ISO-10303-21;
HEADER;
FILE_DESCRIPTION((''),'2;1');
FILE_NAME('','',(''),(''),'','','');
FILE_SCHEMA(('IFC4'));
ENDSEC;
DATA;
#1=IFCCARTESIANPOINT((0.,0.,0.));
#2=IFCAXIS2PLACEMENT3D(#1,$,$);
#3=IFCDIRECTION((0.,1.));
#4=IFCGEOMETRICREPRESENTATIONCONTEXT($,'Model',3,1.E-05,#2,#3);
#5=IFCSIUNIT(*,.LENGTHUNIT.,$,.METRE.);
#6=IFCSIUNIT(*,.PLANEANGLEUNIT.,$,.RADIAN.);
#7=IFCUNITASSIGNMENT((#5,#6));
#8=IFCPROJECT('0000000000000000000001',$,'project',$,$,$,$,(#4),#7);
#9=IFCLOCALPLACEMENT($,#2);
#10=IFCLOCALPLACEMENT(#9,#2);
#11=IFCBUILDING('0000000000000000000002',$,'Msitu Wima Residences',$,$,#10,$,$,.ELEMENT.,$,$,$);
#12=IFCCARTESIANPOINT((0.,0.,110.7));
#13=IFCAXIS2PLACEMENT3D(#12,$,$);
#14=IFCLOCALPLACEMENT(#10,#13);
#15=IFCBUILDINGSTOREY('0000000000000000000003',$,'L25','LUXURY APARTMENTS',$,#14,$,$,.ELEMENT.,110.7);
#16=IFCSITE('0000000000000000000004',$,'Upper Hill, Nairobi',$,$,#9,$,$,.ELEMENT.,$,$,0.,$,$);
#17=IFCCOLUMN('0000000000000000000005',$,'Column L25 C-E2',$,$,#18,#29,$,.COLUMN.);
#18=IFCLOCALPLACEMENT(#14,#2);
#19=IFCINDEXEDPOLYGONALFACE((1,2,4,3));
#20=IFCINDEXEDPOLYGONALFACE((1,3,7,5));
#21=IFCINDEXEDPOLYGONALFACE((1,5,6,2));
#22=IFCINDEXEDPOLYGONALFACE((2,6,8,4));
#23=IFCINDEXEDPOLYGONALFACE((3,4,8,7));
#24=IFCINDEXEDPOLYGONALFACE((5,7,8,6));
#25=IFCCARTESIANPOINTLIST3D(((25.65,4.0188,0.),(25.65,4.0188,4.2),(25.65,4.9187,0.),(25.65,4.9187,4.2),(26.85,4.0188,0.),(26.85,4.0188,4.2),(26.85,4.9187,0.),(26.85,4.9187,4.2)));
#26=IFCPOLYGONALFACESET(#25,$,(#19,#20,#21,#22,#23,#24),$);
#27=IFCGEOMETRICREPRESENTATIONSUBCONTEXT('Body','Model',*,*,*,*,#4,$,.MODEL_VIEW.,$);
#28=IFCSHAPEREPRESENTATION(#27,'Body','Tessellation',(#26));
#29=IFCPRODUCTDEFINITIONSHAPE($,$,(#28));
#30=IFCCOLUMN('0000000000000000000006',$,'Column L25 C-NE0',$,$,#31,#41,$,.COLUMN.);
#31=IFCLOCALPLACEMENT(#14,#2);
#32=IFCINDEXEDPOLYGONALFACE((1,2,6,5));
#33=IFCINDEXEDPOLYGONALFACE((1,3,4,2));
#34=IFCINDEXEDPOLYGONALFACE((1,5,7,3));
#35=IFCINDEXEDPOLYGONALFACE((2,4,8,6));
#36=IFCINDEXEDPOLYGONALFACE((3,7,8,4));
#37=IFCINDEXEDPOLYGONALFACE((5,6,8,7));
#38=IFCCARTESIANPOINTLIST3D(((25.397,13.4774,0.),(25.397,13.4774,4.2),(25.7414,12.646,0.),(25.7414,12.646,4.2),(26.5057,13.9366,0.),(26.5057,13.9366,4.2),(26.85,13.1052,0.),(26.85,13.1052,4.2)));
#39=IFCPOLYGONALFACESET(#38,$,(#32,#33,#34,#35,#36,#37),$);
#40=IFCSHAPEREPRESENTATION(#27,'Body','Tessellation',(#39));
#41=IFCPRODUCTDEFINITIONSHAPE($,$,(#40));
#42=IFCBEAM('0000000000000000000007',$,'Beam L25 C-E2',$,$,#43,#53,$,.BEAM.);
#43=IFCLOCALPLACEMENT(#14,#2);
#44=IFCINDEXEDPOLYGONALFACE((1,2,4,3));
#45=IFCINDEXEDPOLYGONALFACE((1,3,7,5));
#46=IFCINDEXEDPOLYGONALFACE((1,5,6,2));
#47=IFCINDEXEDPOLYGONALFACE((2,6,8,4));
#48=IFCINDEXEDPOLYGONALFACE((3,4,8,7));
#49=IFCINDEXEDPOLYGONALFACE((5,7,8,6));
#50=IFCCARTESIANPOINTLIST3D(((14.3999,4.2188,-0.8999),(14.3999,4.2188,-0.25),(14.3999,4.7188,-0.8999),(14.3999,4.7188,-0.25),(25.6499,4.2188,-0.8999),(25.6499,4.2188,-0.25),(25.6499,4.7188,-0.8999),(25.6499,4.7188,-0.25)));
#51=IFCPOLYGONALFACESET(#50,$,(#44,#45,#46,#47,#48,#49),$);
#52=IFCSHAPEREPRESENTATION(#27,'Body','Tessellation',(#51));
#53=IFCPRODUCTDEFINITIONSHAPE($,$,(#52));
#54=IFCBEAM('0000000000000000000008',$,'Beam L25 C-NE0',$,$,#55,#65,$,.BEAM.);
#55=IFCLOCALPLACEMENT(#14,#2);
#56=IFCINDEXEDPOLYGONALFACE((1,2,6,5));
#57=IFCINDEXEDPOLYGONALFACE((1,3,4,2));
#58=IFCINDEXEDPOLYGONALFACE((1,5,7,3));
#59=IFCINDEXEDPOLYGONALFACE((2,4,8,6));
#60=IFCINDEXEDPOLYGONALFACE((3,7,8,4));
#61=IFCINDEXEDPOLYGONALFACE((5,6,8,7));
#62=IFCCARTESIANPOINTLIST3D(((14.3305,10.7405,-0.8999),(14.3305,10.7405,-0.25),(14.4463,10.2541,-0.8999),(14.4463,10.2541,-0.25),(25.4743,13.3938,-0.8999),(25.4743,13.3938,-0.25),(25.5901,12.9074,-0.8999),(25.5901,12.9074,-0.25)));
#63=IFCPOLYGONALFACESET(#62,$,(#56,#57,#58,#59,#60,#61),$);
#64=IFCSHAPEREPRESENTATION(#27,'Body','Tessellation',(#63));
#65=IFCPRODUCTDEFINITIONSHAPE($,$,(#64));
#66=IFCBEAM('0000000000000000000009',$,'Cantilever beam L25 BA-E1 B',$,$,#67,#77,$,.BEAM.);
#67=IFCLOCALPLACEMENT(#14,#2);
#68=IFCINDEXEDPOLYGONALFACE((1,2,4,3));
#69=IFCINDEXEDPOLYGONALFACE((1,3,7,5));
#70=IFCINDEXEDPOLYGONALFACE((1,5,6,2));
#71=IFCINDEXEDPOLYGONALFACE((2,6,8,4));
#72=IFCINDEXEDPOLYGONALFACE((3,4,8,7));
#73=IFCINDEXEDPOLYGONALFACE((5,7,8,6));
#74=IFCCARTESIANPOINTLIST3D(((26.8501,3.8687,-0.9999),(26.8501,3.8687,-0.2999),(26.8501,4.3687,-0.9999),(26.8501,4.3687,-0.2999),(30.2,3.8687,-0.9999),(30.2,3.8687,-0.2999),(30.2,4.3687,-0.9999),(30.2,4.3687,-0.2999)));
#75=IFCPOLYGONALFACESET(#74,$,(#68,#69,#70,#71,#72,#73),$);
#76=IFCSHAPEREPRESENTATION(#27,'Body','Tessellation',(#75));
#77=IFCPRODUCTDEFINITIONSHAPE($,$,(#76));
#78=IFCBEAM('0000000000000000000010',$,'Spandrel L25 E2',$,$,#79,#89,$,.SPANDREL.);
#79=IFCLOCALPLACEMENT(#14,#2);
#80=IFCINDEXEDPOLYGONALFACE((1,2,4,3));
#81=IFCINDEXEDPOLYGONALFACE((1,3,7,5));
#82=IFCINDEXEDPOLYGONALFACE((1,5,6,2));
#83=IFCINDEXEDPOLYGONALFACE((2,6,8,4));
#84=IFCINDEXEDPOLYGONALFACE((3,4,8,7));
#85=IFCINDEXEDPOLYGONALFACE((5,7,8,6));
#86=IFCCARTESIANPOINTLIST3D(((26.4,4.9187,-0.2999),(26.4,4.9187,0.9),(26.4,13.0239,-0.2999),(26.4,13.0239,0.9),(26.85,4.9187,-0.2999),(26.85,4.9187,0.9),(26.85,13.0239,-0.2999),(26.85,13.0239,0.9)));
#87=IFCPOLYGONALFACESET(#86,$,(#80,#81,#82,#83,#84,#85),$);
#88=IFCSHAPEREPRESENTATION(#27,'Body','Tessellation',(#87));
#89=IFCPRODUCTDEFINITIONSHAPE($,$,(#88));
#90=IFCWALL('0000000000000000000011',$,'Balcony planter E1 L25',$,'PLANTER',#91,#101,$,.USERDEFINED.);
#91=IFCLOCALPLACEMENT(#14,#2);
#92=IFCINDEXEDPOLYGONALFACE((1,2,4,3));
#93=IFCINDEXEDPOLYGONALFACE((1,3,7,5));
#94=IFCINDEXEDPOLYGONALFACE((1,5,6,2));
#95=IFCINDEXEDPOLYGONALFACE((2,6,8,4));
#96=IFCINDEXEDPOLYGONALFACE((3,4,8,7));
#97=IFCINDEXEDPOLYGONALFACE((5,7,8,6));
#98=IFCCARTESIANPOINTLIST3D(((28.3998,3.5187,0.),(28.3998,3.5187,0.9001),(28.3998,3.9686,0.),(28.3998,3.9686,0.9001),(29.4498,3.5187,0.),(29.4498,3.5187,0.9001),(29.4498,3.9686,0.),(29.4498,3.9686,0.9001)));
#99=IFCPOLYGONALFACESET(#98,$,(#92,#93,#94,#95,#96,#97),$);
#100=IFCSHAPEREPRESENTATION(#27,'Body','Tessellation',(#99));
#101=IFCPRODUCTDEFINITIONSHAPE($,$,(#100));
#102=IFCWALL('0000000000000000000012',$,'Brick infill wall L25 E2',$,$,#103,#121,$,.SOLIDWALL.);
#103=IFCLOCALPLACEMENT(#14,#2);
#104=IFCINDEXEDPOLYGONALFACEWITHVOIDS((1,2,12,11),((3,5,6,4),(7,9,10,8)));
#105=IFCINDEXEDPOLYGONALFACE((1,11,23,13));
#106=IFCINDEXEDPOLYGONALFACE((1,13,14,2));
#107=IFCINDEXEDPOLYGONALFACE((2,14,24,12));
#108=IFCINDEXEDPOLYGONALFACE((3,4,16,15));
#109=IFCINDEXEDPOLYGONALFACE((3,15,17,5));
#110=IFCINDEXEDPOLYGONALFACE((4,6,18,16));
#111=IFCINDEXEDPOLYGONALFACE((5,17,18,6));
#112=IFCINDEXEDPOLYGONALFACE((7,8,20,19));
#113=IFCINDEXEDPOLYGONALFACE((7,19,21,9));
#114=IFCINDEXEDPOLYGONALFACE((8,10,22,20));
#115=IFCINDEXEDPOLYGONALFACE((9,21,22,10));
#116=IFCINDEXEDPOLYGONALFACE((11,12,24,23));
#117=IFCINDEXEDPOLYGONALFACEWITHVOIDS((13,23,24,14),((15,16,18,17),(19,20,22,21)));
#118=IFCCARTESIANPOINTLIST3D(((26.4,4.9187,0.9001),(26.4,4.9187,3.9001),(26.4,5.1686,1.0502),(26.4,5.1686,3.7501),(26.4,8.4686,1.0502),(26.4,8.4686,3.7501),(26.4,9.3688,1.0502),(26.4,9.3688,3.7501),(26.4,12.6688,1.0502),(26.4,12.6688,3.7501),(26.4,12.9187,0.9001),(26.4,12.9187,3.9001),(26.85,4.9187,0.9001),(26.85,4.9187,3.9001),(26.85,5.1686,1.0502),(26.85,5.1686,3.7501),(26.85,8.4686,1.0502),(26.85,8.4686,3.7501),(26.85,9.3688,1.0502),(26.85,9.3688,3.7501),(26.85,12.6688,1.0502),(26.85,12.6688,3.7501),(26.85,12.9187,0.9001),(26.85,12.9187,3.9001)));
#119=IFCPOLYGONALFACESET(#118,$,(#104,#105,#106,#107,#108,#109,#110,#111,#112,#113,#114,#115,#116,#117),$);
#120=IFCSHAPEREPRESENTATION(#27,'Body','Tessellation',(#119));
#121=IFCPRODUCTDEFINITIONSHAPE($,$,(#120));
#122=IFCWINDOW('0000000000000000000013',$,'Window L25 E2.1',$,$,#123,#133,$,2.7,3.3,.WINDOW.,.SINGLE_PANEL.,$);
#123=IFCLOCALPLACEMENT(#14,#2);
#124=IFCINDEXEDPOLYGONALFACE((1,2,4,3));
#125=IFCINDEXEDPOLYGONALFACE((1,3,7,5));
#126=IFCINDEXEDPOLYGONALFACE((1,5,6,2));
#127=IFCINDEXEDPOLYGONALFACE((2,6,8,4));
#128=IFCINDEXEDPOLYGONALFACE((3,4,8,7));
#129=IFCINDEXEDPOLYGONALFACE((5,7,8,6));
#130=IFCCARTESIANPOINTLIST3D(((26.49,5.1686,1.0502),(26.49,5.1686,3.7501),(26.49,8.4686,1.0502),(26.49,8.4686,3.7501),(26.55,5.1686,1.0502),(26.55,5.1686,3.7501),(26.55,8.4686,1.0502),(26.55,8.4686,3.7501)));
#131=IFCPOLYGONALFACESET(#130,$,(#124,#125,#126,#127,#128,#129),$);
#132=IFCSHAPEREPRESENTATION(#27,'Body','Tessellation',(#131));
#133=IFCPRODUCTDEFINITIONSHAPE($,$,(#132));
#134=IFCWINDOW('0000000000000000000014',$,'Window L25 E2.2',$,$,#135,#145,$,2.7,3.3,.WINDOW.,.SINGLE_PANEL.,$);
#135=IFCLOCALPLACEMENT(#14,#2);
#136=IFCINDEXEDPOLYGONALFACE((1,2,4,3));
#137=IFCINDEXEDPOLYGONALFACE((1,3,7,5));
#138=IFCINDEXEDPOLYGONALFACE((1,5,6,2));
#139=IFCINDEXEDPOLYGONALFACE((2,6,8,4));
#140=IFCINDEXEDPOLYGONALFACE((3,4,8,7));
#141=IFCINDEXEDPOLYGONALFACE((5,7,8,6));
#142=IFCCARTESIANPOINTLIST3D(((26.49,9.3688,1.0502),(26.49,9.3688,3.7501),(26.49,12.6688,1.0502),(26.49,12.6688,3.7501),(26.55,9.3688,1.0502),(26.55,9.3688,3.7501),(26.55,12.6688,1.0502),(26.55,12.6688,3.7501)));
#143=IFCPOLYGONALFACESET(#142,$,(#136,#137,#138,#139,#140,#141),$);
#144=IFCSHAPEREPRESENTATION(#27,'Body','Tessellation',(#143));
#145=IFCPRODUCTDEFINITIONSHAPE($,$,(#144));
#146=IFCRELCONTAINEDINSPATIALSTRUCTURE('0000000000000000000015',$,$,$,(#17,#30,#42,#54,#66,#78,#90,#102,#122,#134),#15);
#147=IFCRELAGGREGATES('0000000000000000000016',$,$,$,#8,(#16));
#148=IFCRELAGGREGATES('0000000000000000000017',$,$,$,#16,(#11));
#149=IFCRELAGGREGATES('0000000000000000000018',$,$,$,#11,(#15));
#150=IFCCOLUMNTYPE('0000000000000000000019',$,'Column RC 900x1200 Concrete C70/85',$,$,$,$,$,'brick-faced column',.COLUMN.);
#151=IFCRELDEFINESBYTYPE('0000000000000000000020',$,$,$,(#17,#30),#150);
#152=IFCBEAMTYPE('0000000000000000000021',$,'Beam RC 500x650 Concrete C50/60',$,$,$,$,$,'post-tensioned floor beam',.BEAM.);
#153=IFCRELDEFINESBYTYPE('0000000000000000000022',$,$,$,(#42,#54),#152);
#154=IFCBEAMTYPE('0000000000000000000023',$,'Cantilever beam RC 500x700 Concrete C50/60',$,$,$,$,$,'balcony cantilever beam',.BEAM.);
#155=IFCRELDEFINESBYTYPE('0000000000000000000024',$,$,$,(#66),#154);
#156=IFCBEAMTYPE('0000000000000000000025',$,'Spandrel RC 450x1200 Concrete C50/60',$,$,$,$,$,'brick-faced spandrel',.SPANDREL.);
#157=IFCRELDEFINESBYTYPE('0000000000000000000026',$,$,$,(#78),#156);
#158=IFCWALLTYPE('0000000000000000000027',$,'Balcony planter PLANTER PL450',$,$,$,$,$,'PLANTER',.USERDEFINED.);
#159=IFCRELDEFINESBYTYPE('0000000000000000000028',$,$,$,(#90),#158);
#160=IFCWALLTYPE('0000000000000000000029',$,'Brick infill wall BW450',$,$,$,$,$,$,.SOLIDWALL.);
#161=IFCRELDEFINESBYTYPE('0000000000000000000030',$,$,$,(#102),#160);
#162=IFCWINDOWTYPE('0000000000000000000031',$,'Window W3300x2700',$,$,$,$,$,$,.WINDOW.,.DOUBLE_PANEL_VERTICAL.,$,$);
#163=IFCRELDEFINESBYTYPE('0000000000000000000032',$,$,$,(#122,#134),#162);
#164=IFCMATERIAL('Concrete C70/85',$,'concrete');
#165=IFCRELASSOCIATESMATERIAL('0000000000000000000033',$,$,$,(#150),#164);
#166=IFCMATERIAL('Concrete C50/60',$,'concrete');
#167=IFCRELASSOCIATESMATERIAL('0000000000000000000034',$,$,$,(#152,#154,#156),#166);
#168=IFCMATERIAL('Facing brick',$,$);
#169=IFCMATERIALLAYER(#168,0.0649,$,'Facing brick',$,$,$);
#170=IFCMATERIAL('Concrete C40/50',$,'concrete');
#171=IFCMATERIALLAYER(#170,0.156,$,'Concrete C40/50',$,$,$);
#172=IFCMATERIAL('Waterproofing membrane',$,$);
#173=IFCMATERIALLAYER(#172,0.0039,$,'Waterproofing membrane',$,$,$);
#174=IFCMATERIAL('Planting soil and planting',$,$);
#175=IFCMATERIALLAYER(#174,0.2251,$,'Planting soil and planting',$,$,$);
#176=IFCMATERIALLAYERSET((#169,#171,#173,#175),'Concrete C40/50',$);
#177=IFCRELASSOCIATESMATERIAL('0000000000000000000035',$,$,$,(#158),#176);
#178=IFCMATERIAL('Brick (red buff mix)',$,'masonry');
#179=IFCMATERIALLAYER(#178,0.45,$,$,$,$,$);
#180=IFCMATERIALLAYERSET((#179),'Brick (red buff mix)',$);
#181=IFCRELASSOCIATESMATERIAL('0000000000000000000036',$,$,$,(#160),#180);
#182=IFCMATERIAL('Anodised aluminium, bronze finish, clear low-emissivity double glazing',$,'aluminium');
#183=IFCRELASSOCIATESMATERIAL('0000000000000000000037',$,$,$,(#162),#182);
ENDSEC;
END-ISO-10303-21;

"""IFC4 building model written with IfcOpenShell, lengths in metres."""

from ifc_helpers import new_model, si_unit, direction, frame, frame_2d, origin, origin_2d, place, context, subcontext, project, spatial, rectangle, extrude, material, layer, layer_set, material_profile, profile_set, type_object, element, fill, save


model = new_model("IFC4")

# Units and contexts
model_context = context("Model", 3, precision=1e-05, world=origin(), true_north=direction((0.0, 1.0)))
body_context = subcontext(model_context, "Body", "Model", "MODEL_VIEW")
ifc_project = project(units=[si_unit("LENGTHUNIT", "METRE"), si_unit("PLANEANGLEUNIT", "RADIAN")], contexts=[model_context])

# Site, building, storey
site_placement = place(None, origin())
site = spatial("IfcSite", under=ifc_project, at=site_placement, Name="Upper Hill, Nairobi", CompositionType="ELEMENT", RefElevation=0.0)
building_placement = place(site_placement, origin())
building = spatial("IfcBuilding", under=site, at=building_placement, Name="Msitu Wima Residences", CompositionType="ELEMENT")
storey_placement = place(building_placement, frame((0.0, 0.0, 110.7)))
storey = spatial("IfcBuildingStorey", under=building, at=storey_placement, Name="L25", Description="LUXURY APARTMENTS", CompositionType="ELEMENT", Elevation=110.7)

# Columns
ifc_material_1 = material(Name="Concrete C70/85", Category="concrete")
ifc_material_profile_1 = material_profile(ifc_material_1, rectangle(XDim=0.8999, YDim=1.2, at=origin_2d()), Name="RC 900x1200")
ifc_profile_set_1 = profile_set([ifc_material_profile_1], Name="Concrete C70/85")
column_type = type_object("IfcColumnType", Name="Column RC 900x1200 Concrete C70/85", ElementType="brick-faced column", PredefinedType="COLUMN", material=ifc_profile_set_1)
for number, where, z_axis, x_axis, name in (
    (1, (26.25, 4.4688, 0.0), (0.0, 0.0, 1.0), (0.0, 1.0, 0.0), "Column L25 C-E2"),
    (2, (26.1235, 13.2913, 0.0), (0.0, 0.0, 1.0), (-0.382683, 0.92388, 0.0), "Column L25 C-NE0"),
):
    element("IfcColumn", number, at=place(storey_placement, frame(where, z_axis=z_axis, x_axis=x_axis)), inside=storey, type_object=column_type, Name=name, PredefinedType="COLUMN", context=body_context, shape_type="SweptSolid", body=[
        extrude(rectangle(XDim=0.8999, YDim=1.2, at=origin_2d()), origin(), (0.0, 0.0, 1.0), 4.2),
    ])

# Beams
ifc_material_2 = material(Name="Concrete C50/60", Category="concrete")
ifc_material_profile_2 = material_profile(ifc_material_2, rectangle(XDim=0.5, YDim=0.6499, at=origin_2d()), Name="RC 500x650")
ifc_profile_set_2 = profile_set([ifc_material_profile_2], Name="Concrete C50/60")
beam_type_1 = type_object("IfcBeamType", Name="Beam RC 500x650 Concrete C50/60", ElementType="post-tensioned floor beam", PredefinedType="BEAM", material=ifc_profile_set_2)
beam_1_placement = place(storey_placement, frame((25.6499, 4.4688, -0.575), z_axis=(-1.0, 0.0, 0.0), x_axis=(0.0, -1.0, 0.0)))
element("IfcBeam", 3, at=beam_1_placement, inside=storey, type_object=beam_type_1, Name="Beam L25 C-E2", PredefinedType="BEAM", context=body_context, shape_type="SweptSolid", body=[
    extrude(rectangle(XDim=0.5, YDim=0.6499, at=origin_2d()), origin(), (0.0, 0.0, 1.0), 11.25),
])
beam_2_placement = place(storey_placement, frame((25.5322, 13.1506, -0.575), z_axis=(-0.972806, -0.231623, 0.0), x_axis=(0.231623, -0.972806, 0.0)))
element("IfcBeam", 4, at=beam_2_placement, inside=storey, type_object=beam_type_1, Name="Beam L25 C-NE0", PredefinedType="BEAM", context=body_context, shape_type="SweptSolid", body=[
    extrude(rectangle(XDim=0.5, YDim=0.6499, at=origin_2d()), origin(), (0.0, 0.0, 1.0), 11.4553),
])
ifc_material_profile_3 = material_profile(ifc_material_2, rectangle(XDim=0.5, YDim=0.7, at=origin_2d()), Name="RC 500x700")
ifc_profile_set_3 = profile_set([ifc_material_profile_3], Name="Concrete C50/60")
beam_type_2 = type_object("IfcBeamType", Name="Cantilever beam RC 500x700 Concrete C50/60", ElementType="balcony cantilever beam", PredefinedType="BEAM", material=ifc_profile_set_3)
beam_3_placement = place(storey_placement, frame((26.8501, 4.1187, -0.6499), z_axis=(1.0, 0.0, 0.0), x_axis=(0.0, 1.0, 0.0)))
element("IfcBeam", 5, at=beam_3_placement, inside=storey, type_object=beam_type_2, Name="Cantilever beam L25 BA-E1 B", PredefinedType="BEAM", context=body_context, shape_type="SweptSolid", body=[
    extrude(rectangle(XDim=0.5, YDim=0.7, at=origin_2d()), origin(), (0.0, 0.0, 1.0), 3.3499),
])
ifc_material_profile_4 = material_profile(ifc_material_2, rectangle(XDim=0.45, YDim=1.2, at=origin_2d()), Name="RC 450x1200")
ifc_profile_set_4 = profile_set([ifc_material_profile_4], Name="Concrete C50/60")
beam_type_3 = type_object("IfcBeamType", Name="Spandrel RC 450x1200 Concrete C50/60", ElementType="brick-faced spandrel", PredefinedType="SPANDREL", material=ifc_profile_set_4)
beam_4_placement = place(storey_placement, frame((26.625, 4.9187, 0.3), z_axis=(0.0, 1.0, 0.0), x_axis=(-1.0, 0.0, 0.0)))
element("IfcBeam", 6, at=beam_4_placement, inside=storey, type_object=beam_type_3, Name="Spandrel L25 E2", PredefinedType="SPANDREL", context=body_context, shape_type="SweptSolid", body=[
    extrude(rectangle(XDim=0.45, YDim=1.2, at=origin_2d()), origin(), (0.0, 0.0, 1.0), 8.1052),
])

# Wall
ifc_material_3 = material(Name="Facing brick")
ifc_layer_1 = layer(ifc_material_3, 0.0649, Name="Facing brick")
ifc_material_4 = material(Name="Concrete C40/50", Category="concrete")
ifc_layer_2 = layer(ifc_material_4, 0.156, Name="Concrete C40/50")
ifc_material_5 = material(Name="Waterproofing membrane")
ifc_layer_3 = layer(ifc_material_5, 0.0039, Name="Waterproofing membrane")
ifc_material_6 = material(Name="Planting soil and planting")
ifc_layer_4 = layer(ifc_material_6, 0.2251, Name="Planting soil and planting")
ifc_layer_set_1 = layer_set([ifc_layer_1, ifc_layer_2, ifc_layer_3, ifc_layer_4], Name="Concrete C40/50")
wall_type_1 = type_object("IfcWallType", Name="Balcony planter PLANTER PL450", ElementType="PLANTER", PredefinedType="USERDEFINED", material=ifc_layer_set_1)
wall_1_placement = place(storey_placement, frame((28.3999, 3.7437, 0.0), z_axis=(0.0, 0.0, 1.0), x_axis=(1.0, 0.0, 0.0)))
element("IfcWall", 7, at=wall_1_placement, inside=storey, type_object=wall_type_1, Name="Balcony planter E1 L25", ObjectType="PLANTER", PredefinedType="USERDEFINED", context=body_context, shape_type="SweptSolid", body=[
    extrude(rectangle(XDim=1.05, YDim=0.45, at=frame_2d((0.5249, 0.0))), origin(), (0.0, 0.0, 1.0), 0.9001),
])

# Wall, openings, windows
ifc_material_7 = material(Name="Brick (red buff mix)", Category="masonry")
ifc_layer_5 = layer(ifc_material_7, 0.45)
ifc_layer_set_2 = layer_set([ifc_layer_5], Name="Brick (red buff mix)")
wall_type_2 = type_object("IfcWallType", Name="Brick infill wall BW450", PredefinedType="SOLIDWALL", material=ifc_layer_set_2)
wall_2_placement = place(storey_placement, frame((26.625, 4.9187, 0.9001), z_axis=(0.0, 0.0, 1.0), x_axis=(0.0, 1.0, 0.0)))
wall_2 = element("IfcWall", 8, at=wall_2_placement, inside=storey, type_object=wall_type_2, Name="Brick infill wall L25 E2", PredefinedType="SOLIDWALL", context=body_context, shape_type="SweptSolid", body=[
    extrude(rectangle(XDim=8.0, YDim=0.45, at=frame_2d((4.0, 0.0))), origin(), (0.0, 0.0, 1.0), 3.0),
])
opening_1_placement = place(wall_2_placement, frame((0.25, 0.0, 0.1499)))
opening_1 = element("IfcOpeningElement", 9, at=opening_1_placement, cuts=wall_2, PredefinedType="OPENING", context=body_context, shape_type="SweptSolid", body=[
    extrude(rectangle(XDim=3.3, YDim=2.7, at=frame_2d((1.6499, 1.3501))), frame((0.0, 0.2349, 0.0), z_axis=(0.0, -1.0, 0.0), x_axis=(1.0, 0.0, 0.0)), (0.0, 0.0, 1.0), 0.47),
])
opening_2_placement = place(wall_2_placement, frame((4.4502, 0.0, 0.1499)))
opening_2 = element("IfcOpeningElement", 10, at=opening_2_placement, cuts=wall_2, PredefinedType="OPENING", context=body_context, shape_type="SweptSolid", body=[
    extrude(rectangle(XDim=3.3, YDim=2.7, at=frame_2d((1.6499, 1.3501))), frame((0.0, 0.2349, 0.0), z_axis=(0.0, -1.0, 0.0), x_axis=(1.0, 0.0, 0.0)), (0.0, 0.0, 1.0), 0.47),
])
ifc_material_8 = material(Name="Anodised aluminium, bronze finish, clear low-emissivity double glazing", Category="aluminium")
window_type = type_object("IfcWindowType", Name="Window W3300x2700", PartitioningType="DOUBLE_PANEL_VERTICAL", PredefinedType="WINDOW", material=ifc_material_8)
window_1_placement = place(opening_1_placement, origin())
window_1 = element("IfcWindow", 11, at=window_1_placement, inside=storey, type_object=window_type, Name="Window L25 E2.1", OverallHeight=2.7, OverallWidth=3.3, PartitioningType="SINGLE_PANEL", PredefinedType="WINDOW", context=body_context, shape_type="SweptSolid", body=[
    extrude(rectangle(XDim=3.3, YDim=2.7, at=frame_2d((1.6499, 1.3501))), frame((0.0, 0.135, 0.0), z_axis=(0.0, -1.0, 0.0), x_axis=(1.0, 0.0, 0.0)), (0.0, 0.0, 1.0), 0.0601),
])
fill(opening_1, window_1)
window_2_placement = place(opening_2_placement, origin())
window_2 = element("IfcWindow", 12, at=window_2_placement, inside=storey, type_object=window_type, Name="Window L25 E2.2", OverallHeight=2.7, OverallWidth=3.3, PartitioningType="SINGLE_PANEL", PredefinedType="WINDOW", context=body_context, shape_type="SweptSolid", body=[
    extrude(rectangle(XDim=3.3, YDim=2.7, at=frame_2d((1.6499, 1.3501))), frame((0.0, 0.135, 0.0), z_axis=(0.0, -1.0, 0.0), x_axis=(1.0, 0.0, 0.0)), (0.0, 0.0, 1.0), 0.0601),
])
fill(opening_2, window_2)

save(model, "model.ifc")
